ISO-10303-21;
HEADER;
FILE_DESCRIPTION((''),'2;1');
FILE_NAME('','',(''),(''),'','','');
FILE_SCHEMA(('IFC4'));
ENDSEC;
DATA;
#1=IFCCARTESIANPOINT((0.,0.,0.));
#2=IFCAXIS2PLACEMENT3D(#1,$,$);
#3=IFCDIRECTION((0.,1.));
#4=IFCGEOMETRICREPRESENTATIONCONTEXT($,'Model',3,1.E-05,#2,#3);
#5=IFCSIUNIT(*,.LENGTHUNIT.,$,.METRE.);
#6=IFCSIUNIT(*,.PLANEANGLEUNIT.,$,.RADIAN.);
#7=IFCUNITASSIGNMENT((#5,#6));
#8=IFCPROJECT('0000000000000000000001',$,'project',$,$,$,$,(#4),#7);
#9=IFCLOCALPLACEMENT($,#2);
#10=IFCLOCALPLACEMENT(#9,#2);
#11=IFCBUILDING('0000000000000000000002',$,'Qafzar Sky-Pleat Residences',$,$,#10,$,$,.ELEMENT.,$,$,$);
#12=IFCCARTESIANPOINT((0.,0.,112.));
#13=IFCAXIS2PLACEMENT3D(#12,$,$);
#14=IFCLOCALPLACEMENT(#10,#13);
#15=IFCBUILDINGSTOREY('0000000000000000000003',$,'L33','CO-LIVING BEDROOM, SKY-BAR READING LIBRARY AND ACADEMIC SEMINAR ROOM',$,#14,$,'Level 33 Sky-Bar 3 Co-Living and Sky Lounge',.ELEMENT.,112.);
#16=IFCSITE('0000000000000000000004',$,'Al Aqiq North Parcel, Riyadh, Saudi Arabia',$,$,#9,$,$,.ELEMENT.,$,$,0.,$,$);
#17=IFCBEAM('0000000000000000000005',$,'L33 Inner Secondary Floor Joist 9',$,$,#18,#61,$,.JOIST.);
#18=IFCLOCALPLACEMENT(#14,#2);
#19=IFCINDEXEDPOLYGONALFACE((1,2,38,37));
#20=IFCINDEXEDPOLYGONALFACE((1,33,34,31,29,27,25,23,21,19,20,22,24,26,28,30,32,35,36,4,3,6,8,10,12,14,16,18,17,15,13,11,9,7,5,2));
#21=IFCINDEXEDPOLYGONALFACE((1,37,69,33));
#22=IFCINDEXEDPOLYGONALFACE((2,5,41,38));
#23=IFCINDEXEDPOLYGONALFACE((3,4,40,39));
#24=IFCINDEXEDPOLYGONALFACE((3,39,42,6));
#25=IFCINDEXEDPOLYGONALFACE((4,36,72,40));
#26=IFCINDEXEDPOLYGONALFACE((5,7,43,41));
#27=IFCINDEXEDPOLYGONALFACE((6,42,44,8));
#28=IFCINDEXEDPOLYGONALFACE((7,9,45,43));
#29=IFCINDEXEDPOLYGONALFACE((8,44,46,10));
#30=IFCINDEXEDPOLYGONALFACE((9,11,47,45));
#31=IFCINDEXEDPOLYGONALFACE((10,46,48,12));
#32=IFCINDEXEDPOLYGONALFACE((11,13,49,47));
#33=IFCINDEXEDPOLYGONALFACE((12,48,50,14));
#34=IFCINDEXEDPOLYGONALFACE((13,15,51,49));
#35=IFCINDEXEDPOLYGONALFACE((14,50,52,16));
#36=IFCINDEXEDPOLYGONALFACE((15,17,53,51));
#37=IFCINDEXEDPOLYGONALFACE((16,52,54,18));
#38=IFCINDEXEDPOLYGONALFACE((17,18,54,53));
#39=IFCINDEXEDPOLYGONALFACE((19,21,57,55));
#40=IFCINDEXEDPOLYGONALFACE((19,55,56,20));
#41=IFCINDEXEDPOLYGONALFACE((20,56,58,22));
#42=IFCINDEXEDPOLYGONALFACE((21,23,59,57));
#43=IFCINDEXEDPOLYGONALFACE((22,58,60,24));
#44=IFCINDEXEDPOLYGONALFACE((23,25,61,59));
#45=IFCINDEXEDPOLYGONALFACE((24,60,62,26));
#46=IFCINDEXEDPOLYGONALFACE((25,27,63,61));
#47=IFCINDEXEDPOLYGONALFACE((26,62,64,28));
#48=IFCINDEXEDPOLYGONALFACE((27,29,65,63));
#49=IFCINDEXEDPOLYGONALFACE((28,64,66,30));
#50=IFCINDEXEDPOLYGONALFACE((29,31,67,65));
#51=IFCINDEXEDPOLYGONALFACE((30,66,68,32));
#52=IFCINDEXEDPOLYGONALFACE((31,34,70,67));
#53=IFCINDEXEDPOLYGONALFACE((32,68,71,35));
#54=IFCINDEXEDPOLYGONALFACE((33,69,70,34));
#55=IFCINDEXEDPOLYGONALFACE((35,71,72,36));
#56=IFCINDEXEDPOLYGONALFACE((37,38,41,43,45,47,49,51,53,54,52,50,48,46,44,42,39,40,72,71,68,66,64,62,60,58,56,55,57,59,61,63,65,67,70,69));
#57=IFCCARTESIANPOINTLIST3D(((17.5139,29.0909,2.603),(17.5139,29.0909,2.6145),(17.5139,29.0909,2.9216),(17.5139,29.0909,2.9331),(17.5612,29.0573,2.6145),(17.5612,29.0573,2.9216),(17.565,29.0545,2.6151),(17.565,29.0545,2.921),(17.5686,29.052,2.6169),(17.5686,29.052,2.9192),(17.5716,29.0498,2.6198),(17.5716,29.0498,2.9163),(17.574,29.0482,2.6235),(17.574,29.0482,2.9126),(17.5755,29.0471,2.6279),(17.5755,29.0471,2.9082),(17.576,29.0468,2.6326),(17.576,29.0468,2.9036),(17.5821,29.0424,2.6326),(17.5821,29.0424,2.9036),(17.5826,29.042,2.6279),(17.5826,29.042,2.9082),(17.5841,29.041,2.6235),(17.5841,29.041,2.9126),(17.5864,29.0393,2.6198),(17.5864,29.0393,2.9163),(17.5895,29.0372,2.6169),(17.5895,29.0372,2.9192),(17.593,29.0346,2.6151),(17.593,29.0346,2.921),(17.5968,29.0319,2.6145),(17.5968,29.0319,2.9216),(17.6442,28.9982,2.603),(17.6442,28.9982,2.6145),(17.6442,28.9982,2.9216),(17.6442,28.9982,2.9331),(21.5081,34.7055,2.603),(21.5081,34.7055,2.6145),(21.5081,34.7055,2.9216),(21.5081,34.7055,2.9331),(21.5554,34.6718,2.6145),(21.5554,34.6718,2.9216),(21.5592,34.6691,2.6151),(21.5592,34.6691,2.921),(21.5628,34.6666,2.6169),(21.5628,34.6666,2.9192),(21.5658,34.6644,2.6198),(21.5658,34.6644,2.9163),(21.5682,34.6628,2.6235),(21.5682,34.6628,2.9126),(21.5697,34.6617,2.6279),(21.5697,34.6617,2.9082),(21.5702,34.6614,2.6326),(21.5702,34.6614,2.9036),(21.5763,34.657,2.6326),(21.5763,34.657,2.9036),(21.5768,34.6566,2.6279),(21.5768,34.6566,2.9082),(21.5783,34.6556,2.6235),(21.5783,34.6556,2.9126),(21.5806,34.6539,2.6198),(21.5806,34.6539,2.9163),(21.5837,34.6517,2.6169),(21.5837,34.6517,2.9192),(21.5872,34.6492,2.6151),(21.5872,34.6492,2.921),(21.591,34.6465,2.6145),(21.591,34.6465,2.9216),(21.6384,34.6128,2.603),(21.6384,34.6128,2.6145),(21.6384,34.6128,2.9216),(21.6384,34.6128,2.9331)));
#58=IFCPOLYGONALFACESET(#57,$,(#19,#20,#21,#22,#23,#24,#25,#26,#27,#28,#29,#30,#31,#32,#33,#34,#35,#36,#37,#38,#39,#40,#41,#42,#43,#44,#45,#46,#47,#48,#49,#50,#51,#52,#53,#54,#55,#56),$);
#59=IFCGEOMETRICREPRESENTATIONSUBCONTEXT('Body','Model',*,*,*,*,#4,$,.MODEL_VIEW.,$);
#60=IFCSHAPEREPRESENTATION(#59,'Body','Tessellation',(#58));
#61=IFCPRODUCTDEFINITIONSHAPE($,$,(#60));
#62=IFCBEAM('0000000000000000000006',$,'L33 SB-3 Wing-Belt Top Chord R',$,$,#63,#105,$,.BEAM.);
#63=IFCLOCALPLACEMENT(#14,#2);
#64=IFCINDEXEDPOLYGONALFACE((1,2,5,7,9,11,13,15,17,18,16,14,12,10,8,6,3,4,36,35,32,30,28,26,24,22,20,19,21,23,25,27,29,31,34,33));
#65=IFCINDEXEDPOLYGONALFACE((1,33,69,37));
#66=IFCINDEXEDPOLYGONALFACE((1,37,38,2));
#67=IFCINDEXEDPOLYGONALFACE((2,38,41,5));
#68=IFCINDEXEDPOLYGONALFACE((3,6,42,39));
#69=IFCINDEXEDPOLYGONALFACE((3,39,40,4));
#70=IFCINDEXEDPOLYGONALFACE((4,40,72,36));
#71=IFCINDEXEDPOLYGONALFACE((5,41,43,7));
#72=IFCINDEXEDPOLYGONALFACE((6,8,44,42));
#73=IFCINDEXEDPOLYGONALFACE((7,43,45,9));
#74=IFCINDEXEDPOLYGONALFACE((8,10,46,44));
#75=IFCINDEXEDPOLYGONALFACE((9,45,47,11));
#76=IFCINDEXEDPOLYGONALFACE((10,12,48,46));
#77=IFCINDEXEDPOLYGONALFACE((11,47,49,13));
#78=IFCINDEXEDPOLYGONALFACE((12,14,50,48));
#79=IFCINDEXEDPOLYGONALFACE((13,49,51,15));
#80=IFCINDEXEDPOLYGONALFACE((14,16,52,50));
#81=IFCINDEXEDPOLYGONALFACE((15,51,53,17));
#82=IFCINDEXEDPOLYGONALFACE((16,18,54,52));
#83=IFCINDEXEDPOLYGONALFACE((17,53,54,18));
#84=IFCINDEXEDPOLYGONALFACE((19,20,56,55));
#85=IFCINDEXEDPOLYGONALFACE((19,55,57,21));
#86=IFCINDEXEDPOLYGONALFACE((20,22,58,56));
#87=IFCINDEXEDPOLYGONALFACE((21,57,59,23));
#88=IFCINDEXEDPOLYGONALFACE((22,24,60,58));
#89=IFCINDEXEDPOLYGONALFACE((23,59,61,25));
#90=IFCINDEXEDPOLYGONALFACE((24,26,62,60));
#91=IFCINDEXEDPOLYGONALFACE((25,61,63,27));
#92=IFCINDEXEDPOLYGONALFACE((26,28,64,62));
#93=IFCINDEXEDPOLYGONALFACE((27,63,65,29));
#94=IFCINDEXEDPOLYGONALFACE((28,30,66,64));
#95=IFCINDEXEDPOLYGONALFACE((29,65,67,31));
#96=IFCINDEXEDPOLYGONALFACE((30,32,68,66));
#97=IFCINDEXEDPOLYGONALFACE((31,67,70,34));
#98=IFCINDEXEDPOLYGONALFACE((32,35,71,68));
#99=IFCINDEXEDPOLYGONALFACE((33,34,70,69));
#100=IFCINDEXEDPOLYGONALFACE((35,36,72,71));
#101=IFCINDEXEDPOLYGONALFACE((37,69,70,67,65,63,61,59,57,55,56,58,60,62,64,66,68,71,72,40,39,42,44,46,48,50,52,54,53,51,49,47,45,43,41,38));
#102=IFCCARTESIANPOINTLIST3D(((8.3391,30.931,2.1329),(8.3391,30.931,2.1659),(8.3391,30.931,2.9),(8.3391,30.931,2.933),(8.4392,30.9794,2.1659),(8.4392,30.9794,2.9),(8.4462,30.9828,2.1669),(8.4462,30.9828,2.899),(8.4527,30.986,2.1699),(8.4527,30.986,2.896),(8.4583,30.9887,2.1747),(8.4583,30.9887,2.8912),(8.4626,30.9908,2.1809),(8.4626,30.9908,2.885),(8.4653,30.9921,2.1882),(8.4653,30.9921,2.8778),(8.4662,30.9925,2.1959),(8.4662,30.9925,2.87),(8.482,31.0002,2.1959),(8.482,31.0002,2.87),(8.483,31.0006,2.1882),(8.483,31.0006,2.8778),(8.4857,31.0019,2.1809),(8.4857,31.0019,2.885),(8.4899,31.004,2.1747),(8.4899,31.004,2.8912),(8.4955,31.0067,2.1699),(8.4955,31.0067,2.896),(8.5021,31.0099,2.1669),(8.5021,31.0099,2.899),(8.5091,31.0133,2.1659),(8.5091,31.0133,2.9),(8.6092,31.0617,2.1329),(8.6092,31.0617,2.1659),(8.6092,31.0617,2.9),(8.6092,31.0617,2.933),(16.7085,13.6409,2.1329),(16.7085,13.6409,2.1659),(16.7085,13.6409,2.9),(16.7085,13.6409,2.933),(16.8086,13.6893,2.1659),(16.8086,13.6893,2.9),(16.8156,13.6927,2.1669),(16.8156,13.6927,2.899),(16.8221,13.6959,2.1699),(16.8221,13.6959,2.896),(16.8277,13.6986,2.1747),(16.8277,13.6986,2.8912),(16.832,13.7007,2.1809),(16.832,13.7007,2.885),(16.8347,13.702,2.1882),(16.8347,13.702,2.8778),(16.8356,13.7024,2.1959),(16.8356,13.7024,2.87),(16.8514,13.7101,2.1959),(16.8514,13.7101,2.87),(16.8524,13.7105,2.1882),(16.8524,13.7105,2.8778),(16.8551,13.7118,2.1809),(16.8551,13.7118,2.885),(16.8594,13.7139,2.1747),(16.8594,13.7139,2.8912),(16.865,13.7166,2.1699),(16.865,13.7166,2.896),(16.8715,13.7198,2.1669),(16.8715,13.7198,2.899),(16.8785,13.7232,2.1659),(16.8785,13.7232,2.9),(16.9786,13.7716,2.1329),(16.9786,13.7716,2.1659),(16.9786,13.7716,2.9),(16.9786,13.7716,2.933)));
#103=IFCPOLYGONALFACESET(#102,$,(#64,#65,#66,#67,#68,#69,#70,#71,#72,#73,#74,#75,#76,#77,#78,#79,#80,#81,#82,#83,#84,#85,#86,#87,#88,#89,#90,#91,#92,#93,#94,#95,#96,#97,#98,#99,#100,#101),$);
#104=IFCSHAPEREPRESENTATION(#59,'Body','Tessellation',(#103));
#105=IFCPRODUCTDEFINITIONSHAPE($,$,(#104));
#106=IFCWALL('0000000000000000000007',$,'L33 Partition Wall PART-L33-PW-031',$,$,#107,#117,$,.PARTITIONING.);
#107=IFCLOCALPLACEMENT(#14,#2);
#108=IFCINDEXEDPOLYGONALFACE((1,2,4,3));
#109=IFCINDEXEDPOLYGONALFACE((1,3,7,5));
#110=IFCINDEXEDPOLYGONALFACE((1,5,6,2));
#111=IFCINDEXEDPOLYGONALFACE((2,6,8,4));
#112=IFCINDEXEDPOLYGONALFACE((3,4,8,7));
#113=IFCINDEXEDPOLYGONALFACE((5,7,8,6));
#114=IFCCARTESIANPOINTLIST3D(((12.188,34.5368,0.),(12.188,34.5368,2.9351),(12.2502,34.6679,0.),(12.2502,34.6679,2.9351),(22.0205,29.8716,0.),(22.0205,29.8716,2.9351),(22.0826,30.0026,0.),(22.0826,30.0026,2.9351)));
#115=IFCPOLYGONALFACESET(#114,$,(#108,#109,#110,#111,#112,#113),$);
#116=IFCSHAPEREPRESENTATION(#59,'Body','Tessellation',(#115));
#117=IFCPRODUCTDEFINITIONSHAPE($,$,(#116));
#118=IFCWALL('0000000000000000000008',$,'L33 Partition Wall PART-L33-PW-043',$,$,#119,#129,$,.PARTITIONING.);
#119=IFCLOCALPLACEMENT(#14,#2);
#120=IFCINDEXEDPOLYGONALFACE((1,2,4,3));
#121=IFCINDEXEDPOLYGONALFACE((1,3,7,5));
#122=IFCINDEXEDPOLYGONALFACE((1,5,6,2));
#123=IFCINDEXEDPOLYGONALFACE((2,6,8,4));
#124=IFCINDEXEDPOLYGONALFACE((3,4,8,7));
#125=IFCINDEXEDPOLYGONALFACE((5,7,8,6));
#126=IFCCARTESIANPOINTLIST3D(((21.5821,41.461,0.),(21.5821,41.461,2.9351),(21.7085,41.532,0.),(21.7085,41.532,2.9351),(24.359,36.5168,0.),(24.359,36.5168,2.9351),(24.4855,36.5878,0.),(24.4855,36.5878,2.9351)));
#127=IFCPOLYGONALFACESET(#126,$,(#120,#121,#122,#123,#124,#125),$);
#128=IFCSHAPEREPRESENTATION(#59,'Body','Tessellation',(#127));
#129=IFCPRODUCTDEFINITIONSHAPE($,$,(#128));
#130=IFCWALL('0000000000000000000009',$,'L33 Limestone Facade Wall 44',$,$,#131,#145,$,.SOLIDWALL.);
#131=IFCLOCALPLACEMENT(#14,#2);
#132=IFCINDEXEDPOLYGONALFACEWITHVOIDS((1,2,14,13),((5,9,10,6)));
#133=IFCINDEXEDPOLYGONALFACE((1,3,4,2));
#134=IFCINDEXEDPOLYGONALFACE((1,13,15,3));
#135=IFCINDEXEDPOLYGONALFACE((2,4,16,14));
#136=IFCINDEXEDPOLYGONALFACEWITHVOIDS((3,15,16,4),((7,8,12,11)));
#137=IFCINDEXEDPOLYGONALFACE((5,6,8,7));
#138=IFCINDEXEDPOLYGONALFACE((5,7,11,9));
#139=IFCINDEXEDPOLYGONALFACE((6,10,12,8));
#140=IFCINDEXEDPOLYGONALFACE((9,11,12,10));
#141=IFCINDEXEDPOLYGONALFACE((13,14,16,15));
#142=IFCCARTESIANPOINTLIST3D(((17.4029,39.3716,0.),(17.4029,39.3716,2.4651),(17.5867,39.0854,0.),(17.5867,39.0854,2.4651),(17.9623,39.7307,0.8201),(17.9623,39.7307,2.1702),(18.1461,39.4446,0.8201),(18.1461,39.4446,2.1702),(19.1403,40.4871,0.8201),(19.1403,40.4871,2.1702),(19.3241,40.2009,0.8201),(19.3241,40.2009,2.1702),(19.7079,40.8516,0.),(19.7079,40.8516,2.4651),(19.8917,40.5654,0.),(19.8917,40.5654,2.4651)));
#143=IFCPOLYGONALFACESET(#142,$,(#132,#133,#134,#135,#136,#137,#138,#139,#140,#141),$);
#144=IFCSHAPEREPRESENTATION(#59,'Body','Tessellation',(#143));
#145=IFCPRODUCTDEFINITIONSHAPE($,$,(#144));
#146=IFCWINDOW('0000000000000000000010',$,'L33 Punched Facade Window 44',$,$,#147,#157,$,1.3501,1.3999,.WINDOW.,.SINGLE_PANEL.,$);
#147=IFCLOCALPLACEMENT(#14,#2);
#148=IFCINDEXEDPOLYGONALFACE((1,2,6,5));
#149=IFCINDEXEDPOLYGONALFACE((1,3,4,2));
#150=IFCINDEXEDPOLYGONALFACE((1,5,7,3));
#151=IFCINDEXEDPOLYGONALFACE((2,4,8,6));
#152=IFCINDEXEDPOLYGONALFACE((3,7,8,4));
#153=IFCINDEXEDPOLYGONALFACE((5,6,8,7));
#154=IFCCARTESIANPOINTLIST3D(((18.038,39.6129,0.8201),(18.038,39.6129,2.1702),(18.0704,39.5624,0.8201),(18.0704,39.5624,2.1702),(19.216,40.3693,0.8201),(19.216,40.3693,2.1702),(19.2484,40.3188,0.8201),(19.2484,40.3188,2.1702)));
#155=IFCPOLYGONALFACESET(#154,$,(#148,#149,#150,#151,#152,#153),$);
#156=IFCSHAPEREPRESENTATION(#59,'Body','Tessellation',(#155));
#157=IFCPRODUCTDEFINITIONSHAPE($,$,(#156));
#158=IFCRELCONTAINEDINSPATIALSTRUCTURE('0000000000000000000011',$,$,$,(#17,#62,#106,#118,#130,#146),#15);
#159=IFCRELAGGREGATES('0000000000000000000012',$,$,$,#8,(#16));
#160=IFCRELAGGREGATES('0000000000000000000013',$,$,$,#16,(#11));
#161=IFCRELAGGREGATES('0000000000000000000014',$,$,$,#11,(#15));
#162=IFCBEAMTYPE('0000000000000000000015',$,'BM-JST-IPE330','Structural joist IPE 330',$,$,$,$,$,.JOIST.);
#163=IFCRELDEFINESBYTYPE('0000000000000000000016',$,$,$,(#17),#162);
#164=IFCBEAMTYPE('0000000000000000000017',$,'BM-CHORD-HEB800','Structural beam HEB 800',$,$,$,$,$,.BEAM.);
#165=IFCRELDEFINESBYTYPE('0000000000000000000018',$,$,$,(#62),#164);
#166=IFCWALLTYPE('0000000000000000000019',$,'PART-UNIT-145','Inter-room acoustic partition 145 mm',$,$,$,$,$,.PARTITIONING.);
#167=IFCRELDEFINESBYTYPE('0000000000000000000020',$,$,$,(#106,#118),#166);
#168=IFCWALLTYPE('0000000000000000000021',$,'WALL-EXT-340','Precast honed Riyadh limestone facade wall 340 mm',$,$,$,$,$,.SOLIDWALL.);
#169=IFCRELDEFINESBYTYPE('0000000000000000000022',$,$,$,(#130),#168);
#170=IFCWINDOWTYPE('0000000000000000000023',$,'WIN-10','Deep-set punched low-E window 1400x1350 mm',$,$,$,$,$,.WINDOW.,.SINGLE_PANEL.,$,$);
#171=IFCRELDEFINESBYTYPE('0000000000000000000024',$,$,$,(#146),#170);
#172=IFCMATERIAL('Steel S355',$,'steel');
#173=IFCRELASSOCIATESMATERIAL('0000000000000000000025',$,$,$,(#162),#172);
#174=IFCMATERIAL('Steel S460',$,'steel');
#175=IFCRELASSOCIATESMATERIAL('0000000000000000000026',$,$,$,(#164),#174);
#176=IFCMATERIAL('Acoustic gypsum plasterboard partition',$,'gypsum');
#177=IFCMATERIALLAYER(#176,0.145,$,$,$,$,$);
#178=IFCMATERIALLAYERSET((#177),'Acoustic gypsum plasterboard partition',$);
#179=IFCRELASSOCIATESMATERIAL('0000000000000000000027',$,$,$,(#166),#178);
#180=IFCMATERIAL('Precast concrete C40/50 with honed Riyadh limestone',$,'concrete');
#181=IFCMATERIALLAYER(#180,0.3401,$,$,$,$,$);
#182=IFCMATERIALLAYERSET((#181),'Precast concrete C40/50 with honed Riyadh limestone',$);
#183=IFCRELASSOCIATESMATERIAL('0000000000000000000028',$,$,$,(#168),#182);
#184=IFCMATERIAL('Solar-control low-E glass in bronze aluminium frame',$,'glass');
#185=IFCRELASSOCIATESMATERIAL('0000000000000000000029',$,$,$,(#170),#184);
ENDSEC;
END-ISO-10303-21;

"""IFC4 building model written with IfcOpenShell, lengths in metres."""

from ifc_helpers import new_model, si_unit, direction, frame, frame_2d, origin, origin_2d, place, context, subcontext, project, spatial, rectangle, i_section, extrude, source, transform, mapped, material, layer, layer_set, material_profile, profile_set, type_object, element, fill, save


model = new_model("IFC4")

# Units and contexts
model_context = context("Model", 3, precision=1e-05, world=origin(), true_north=direction((0.0, 1.0)))
body_context = subcontext(model_context, "Body", "Model", "MODEL_VIEW")
ifc_project = project(units=[si_unit("LENGTHUNIT", "METRE"), si_unit("PLANEANGLEUNIT", "RADIAN")], contexts=[model_context])

# Site, building, storey
site_placement = place(None, origin())
site = spatial("IfcSite", under=ifc_project, at=site_placement, Name="Al Aqiq North Parcel, Riyadh, Saudi Arabia", CompositionType="ELEMENT", RefElevation=0.0)
building_placement = place(site_placement, origin())
building = spatial("IfcBuilding", under=site, at=building_placement, Name="Qafzar Sky-Pleat Residences", CompositionType="ELEMENT")
storey_placement = place(building_placement, frame((0.0, 0.0, 112.0)))
storey = spatial("IfcBuildingStorey", under=building, at=storey_placement, Name="L33", Description="CO-LIVING BEDROOM, SKY-BAR READING LIBRARY AND ACADEMIC SEMINAR ROOM", LongName="Level 33 Sky-Bar 3 Co-Living and Sky Lounge", CompositionType="ELEMENT", Elevation=112.0)

# Shared definitions
ifc_material_1 = material(Name="Steel S460", Category="steel")

# Beams
ifc_material_2 = material(Name="Steel S355", Category="steel")
ifc_material_profile_1 = material_profile(ifc_material_2, i_section(OverallWidth=0.1599, OverallDepth=0.3301, WebThickness=0.0076, FlangeThickness=0.0115, FilletRadius=0.0181, at=origin_2d()), Name="IPE 330")
ifc_profile_set_1 = profile_set([ifc_material_profile_1], Name="Steel S355")
beam_type_1 = type_object("IfcBeamType", Name="BM-JST-IPE330", Description="Structural joist IPE 330", PredefinedType="JOIST", material=ifc_profile_set_1)
shared_shape_1 = source(origin(), body_context, "Body", "SweptSolid", [
    extrude(i_section(OverallWidth=0.1599, OverallDepth=0.3301, WebThickness=0.0076, FlangeThickness=0.0115, FilletRadius=0.0181, at=origin_2d()), origin(), (0.0, 0.0, 1.0), 6.8904),
])
beam_1_placement = place(storey_placement, frame((21.5732, 34.6592, 2.7681), z_axis=(-0.579679, -0.814845, 0.0), x_axis=(0.814845, -0.579679, 0.0)))
element("IfcBeam", 1, at=beam_1_placement, inside=storey, type_object=beam_type_1, Name="L33 Inner Secondary Floor Joist 9", PredefinedType="JOIST", context=body_context, shape_type="MappedRepresentation", body=[
    mapped(shared_shape_1, transform((0.0, 0.0, 0.0), x_axis=(1.0, 0.0, 0.0), y_axis=(0.0, 1.0, 0.0), z_axis=(0.0, 0.0, 1.0), scale=1.0)),
])
ifc_material_profile_2 = material_profile(ifc_material_1, i_section(OverallWidth=0.3, OverallDepth=0.8, WebThickness=0.0176, FlangeThickness=0.033, FilletRadius=0.03, at=origin_2d()), Name="HEB 800")
ifc_profile_set_2 = profile_set([ifc_material_profile_2], Name="Steel S460")
beam_type_2 = type_object("IfcBeamType", Name="BM-CHORD-HEB800", Description="Structural beam HEB 800", PredefinedType="BEAM", material=ifc_profile_set_2)
shared_shape_2 = source(origin(), body_context, "Body", "SweptSolid", [
    extrude(i_section(OverallWidth=0.3, OverallDepth=0.8, WebThickness=0.0176, FlangeThickness=0.033, FilletRadius=0.03, at=origin_2d()), origin(), (0.0, 0.0, 1.0), 19.2092),
])
beam_2_placement = place(storey_placement, frame((8.4741, 30.9963, 2.533), z_axis=(0.435697, -0.900093, 0.0), x_axis=(0.900093, 0.435697, 0.0)))
element("IfcBeam", 2, at=beam_2_placement, inside=storey, type_object=beam_type_2, Name="L33 SB-3 Wing-Belt Top Chord R", PredefinedType="BEAM", context=body_context, shape_type="MappedRepresentation", body=[
    mapped(shared_shape_2, transform((0.0, 0.0, 0.0), x_axis=(1.0, 0.0, 0.0), y_axis=(0.0, 1.0, 0.0), z_axis=(0.0, 0.0, 1.0), scale=1.0)),
])

# Walls
ifc_material_3 = material(Name="Acoustic gypsum plasterboard partition", Category="gypsum")
ifc_layer_1 = layer(ifc_material_3, 0.145)
ifc_layer_set_1 = layer_set([ifc_layer_1], Name="Acoustic gypsum plasterboard partition")
wall_type_1 = type_object("IfcWallType", Name="PART-UNIT-145", Description="Inter-room acoustic partition 145 mm", PredefinedType="PARTITIONING", material=ifc_layer_set_1)
wall_1_placement = place(storey_placement, frame((12.2192, 34.6023, 0.0), z_axis=(0.0, 0.0, 1.0), x_axis=(0.903461, -0.42867, 0.0)))
element("IfcWall", 3, at=wall_1_placement, inside=storey, type_object=wall_type_1, Name="L33 Partition Wall PART-L33-PW-031", PredefinedType="PARTITIONING", context=body_context, shape_type="SweptSolid", body=[
    extrude(rectangle(XDim=10.8831, YDim=0.145, at=frame_2d((5.4414, 0.0))), origin(), (0.0, 0.0, 1.0), 2.9351),
])
wall_2_placement = place(storey_placement, frame((21.6453, 41.4966, 0.0), z_axis=(0.0, 0.0, 1.0), x_axis=(0.489699, -0.871892, 0.0)))
element("IfcWall", 4, at=wall_2_placement, inside=storey, type_object=wall_type_1, Name="L33 Partition Wall PART-L33-PW-043", PredefinedType="PARTITIONING", context=body_context, shape_type="SweptSolid", body=[
    extrude(rectangle(XDim=5.6707, YDim=0.145, at=frame_2d((2.8354, 0.0))), origin(), (0.0, 0.0, 1.0), 2.9351),
])

# Wall, opening, window
ifc_material_4 = material(Name="Precast concrete C40/50 with honed Riyadh limestone", Category="concrete")
ifc_layer_2 = layer(ifc_material_4, 0.3401)
ifc_layer_set_2 = layer_set([ifc_layer_2], Name="Precast concrete C40/50 with honed Riyadh limestone")
wall_type_2 = type_object("IfcWallType", Name="WALL-EXT-340", Description="Precast honed Riyadh limestone facade wall 340 mm", PredefinedType="SOLIDWALL", material=ifc_layer_set_2)
wall_3_placement = place(storey_placement, frame((19.7998, 40.7085, 0.0), z_axis=(0.0, 0.0, 1.0), x_axis=(-0.841471, -0.540303, 0.0)))
wall_3 = element("IfcWall", 5, at=wall_3_placement, inside=storey, type_object=wall_type_2, Name="L33 Limestone Facade Wall 44", PredefinedType="SOLIDWALL", context=body_context, shape_type="SweptSolid", body=[
    extrude(rectangle(XDim=2.7393, YDim=0.3401, at=frame_2d((1.3696, 0.0))), origin(), (0.0, 0.0, 1.0), 2.4651),
])
opening_1_placement = place(wall_3_placement, frame((0.6746, 0.0, 0.8201)))
opening_1 = element("IfcOpeningElement", 6, at=opening_1_placement, cuts=wall_3, PredefinedType="OPENING", context=body_context, shape_type="SweptSolid", body=[
    extrude(rectangle(XDim=1.3999, YDim=1.3501, at=frame_2d((0.7, 0.675))), frame((0.0, 0.1802, 0.0), z_axis=(0.0, -1.0, 0.0), x_axis=(1.0, 0.0, 0.0)), (0.0, 0.0, 1.0), 0.3601),
])
ifc_material_5 = material(Name="Solar-control low-E glass in bronze aluminium frame", Category="glass")
window_type_1 = type_object("IfcWindowType", Name="WIN-10", Description="Deep-set punched low-E window 1400x1350 mm", PartitioningType="SINGLE_PANEL", PredefinedType="WINDOW", material=ifc_material_5)
shared_shape_3 = source(origin(), body_context, "Body", "SweptSolid", [
    extrude(rectangle(XDim=1.3999, YDim=1.3501, at=frame_2d((0.7, 0.675))), frame((0.0, 0.03, 0.0), z_axis=(0.0, -1.0, 0.0), x_axis=(1.0, 0.0, 0.0)), (0.0, 0.0, 1.0), 0.0601),
])
window_1_placement = place(opening_1_placement, origin())
window_1 = element("IfcWindow", 7, at=window_1_placement, inside=storey, type_object=window_type_1, Name="L33 Punched Facade Window 44", OverallHeight=1.3501, OverallWidth=1.3999, PartitioningType="SINGLE_PANEL", PredefinedType="WINDOW", context=body_context, shape_type="MappedRepresentation", body=[
    mapped(shared_shape_3, transform((0.0, 0.0, 0.0), x_axis=(1.0, 0.0, 0.0), y_axis=(0.0, 1.0, 0.0), z_axis=(0.0, 0.0, 1.0), scale=1.0)),
])
fill(opening_1, window_1)

save(model, "model.ifc")
